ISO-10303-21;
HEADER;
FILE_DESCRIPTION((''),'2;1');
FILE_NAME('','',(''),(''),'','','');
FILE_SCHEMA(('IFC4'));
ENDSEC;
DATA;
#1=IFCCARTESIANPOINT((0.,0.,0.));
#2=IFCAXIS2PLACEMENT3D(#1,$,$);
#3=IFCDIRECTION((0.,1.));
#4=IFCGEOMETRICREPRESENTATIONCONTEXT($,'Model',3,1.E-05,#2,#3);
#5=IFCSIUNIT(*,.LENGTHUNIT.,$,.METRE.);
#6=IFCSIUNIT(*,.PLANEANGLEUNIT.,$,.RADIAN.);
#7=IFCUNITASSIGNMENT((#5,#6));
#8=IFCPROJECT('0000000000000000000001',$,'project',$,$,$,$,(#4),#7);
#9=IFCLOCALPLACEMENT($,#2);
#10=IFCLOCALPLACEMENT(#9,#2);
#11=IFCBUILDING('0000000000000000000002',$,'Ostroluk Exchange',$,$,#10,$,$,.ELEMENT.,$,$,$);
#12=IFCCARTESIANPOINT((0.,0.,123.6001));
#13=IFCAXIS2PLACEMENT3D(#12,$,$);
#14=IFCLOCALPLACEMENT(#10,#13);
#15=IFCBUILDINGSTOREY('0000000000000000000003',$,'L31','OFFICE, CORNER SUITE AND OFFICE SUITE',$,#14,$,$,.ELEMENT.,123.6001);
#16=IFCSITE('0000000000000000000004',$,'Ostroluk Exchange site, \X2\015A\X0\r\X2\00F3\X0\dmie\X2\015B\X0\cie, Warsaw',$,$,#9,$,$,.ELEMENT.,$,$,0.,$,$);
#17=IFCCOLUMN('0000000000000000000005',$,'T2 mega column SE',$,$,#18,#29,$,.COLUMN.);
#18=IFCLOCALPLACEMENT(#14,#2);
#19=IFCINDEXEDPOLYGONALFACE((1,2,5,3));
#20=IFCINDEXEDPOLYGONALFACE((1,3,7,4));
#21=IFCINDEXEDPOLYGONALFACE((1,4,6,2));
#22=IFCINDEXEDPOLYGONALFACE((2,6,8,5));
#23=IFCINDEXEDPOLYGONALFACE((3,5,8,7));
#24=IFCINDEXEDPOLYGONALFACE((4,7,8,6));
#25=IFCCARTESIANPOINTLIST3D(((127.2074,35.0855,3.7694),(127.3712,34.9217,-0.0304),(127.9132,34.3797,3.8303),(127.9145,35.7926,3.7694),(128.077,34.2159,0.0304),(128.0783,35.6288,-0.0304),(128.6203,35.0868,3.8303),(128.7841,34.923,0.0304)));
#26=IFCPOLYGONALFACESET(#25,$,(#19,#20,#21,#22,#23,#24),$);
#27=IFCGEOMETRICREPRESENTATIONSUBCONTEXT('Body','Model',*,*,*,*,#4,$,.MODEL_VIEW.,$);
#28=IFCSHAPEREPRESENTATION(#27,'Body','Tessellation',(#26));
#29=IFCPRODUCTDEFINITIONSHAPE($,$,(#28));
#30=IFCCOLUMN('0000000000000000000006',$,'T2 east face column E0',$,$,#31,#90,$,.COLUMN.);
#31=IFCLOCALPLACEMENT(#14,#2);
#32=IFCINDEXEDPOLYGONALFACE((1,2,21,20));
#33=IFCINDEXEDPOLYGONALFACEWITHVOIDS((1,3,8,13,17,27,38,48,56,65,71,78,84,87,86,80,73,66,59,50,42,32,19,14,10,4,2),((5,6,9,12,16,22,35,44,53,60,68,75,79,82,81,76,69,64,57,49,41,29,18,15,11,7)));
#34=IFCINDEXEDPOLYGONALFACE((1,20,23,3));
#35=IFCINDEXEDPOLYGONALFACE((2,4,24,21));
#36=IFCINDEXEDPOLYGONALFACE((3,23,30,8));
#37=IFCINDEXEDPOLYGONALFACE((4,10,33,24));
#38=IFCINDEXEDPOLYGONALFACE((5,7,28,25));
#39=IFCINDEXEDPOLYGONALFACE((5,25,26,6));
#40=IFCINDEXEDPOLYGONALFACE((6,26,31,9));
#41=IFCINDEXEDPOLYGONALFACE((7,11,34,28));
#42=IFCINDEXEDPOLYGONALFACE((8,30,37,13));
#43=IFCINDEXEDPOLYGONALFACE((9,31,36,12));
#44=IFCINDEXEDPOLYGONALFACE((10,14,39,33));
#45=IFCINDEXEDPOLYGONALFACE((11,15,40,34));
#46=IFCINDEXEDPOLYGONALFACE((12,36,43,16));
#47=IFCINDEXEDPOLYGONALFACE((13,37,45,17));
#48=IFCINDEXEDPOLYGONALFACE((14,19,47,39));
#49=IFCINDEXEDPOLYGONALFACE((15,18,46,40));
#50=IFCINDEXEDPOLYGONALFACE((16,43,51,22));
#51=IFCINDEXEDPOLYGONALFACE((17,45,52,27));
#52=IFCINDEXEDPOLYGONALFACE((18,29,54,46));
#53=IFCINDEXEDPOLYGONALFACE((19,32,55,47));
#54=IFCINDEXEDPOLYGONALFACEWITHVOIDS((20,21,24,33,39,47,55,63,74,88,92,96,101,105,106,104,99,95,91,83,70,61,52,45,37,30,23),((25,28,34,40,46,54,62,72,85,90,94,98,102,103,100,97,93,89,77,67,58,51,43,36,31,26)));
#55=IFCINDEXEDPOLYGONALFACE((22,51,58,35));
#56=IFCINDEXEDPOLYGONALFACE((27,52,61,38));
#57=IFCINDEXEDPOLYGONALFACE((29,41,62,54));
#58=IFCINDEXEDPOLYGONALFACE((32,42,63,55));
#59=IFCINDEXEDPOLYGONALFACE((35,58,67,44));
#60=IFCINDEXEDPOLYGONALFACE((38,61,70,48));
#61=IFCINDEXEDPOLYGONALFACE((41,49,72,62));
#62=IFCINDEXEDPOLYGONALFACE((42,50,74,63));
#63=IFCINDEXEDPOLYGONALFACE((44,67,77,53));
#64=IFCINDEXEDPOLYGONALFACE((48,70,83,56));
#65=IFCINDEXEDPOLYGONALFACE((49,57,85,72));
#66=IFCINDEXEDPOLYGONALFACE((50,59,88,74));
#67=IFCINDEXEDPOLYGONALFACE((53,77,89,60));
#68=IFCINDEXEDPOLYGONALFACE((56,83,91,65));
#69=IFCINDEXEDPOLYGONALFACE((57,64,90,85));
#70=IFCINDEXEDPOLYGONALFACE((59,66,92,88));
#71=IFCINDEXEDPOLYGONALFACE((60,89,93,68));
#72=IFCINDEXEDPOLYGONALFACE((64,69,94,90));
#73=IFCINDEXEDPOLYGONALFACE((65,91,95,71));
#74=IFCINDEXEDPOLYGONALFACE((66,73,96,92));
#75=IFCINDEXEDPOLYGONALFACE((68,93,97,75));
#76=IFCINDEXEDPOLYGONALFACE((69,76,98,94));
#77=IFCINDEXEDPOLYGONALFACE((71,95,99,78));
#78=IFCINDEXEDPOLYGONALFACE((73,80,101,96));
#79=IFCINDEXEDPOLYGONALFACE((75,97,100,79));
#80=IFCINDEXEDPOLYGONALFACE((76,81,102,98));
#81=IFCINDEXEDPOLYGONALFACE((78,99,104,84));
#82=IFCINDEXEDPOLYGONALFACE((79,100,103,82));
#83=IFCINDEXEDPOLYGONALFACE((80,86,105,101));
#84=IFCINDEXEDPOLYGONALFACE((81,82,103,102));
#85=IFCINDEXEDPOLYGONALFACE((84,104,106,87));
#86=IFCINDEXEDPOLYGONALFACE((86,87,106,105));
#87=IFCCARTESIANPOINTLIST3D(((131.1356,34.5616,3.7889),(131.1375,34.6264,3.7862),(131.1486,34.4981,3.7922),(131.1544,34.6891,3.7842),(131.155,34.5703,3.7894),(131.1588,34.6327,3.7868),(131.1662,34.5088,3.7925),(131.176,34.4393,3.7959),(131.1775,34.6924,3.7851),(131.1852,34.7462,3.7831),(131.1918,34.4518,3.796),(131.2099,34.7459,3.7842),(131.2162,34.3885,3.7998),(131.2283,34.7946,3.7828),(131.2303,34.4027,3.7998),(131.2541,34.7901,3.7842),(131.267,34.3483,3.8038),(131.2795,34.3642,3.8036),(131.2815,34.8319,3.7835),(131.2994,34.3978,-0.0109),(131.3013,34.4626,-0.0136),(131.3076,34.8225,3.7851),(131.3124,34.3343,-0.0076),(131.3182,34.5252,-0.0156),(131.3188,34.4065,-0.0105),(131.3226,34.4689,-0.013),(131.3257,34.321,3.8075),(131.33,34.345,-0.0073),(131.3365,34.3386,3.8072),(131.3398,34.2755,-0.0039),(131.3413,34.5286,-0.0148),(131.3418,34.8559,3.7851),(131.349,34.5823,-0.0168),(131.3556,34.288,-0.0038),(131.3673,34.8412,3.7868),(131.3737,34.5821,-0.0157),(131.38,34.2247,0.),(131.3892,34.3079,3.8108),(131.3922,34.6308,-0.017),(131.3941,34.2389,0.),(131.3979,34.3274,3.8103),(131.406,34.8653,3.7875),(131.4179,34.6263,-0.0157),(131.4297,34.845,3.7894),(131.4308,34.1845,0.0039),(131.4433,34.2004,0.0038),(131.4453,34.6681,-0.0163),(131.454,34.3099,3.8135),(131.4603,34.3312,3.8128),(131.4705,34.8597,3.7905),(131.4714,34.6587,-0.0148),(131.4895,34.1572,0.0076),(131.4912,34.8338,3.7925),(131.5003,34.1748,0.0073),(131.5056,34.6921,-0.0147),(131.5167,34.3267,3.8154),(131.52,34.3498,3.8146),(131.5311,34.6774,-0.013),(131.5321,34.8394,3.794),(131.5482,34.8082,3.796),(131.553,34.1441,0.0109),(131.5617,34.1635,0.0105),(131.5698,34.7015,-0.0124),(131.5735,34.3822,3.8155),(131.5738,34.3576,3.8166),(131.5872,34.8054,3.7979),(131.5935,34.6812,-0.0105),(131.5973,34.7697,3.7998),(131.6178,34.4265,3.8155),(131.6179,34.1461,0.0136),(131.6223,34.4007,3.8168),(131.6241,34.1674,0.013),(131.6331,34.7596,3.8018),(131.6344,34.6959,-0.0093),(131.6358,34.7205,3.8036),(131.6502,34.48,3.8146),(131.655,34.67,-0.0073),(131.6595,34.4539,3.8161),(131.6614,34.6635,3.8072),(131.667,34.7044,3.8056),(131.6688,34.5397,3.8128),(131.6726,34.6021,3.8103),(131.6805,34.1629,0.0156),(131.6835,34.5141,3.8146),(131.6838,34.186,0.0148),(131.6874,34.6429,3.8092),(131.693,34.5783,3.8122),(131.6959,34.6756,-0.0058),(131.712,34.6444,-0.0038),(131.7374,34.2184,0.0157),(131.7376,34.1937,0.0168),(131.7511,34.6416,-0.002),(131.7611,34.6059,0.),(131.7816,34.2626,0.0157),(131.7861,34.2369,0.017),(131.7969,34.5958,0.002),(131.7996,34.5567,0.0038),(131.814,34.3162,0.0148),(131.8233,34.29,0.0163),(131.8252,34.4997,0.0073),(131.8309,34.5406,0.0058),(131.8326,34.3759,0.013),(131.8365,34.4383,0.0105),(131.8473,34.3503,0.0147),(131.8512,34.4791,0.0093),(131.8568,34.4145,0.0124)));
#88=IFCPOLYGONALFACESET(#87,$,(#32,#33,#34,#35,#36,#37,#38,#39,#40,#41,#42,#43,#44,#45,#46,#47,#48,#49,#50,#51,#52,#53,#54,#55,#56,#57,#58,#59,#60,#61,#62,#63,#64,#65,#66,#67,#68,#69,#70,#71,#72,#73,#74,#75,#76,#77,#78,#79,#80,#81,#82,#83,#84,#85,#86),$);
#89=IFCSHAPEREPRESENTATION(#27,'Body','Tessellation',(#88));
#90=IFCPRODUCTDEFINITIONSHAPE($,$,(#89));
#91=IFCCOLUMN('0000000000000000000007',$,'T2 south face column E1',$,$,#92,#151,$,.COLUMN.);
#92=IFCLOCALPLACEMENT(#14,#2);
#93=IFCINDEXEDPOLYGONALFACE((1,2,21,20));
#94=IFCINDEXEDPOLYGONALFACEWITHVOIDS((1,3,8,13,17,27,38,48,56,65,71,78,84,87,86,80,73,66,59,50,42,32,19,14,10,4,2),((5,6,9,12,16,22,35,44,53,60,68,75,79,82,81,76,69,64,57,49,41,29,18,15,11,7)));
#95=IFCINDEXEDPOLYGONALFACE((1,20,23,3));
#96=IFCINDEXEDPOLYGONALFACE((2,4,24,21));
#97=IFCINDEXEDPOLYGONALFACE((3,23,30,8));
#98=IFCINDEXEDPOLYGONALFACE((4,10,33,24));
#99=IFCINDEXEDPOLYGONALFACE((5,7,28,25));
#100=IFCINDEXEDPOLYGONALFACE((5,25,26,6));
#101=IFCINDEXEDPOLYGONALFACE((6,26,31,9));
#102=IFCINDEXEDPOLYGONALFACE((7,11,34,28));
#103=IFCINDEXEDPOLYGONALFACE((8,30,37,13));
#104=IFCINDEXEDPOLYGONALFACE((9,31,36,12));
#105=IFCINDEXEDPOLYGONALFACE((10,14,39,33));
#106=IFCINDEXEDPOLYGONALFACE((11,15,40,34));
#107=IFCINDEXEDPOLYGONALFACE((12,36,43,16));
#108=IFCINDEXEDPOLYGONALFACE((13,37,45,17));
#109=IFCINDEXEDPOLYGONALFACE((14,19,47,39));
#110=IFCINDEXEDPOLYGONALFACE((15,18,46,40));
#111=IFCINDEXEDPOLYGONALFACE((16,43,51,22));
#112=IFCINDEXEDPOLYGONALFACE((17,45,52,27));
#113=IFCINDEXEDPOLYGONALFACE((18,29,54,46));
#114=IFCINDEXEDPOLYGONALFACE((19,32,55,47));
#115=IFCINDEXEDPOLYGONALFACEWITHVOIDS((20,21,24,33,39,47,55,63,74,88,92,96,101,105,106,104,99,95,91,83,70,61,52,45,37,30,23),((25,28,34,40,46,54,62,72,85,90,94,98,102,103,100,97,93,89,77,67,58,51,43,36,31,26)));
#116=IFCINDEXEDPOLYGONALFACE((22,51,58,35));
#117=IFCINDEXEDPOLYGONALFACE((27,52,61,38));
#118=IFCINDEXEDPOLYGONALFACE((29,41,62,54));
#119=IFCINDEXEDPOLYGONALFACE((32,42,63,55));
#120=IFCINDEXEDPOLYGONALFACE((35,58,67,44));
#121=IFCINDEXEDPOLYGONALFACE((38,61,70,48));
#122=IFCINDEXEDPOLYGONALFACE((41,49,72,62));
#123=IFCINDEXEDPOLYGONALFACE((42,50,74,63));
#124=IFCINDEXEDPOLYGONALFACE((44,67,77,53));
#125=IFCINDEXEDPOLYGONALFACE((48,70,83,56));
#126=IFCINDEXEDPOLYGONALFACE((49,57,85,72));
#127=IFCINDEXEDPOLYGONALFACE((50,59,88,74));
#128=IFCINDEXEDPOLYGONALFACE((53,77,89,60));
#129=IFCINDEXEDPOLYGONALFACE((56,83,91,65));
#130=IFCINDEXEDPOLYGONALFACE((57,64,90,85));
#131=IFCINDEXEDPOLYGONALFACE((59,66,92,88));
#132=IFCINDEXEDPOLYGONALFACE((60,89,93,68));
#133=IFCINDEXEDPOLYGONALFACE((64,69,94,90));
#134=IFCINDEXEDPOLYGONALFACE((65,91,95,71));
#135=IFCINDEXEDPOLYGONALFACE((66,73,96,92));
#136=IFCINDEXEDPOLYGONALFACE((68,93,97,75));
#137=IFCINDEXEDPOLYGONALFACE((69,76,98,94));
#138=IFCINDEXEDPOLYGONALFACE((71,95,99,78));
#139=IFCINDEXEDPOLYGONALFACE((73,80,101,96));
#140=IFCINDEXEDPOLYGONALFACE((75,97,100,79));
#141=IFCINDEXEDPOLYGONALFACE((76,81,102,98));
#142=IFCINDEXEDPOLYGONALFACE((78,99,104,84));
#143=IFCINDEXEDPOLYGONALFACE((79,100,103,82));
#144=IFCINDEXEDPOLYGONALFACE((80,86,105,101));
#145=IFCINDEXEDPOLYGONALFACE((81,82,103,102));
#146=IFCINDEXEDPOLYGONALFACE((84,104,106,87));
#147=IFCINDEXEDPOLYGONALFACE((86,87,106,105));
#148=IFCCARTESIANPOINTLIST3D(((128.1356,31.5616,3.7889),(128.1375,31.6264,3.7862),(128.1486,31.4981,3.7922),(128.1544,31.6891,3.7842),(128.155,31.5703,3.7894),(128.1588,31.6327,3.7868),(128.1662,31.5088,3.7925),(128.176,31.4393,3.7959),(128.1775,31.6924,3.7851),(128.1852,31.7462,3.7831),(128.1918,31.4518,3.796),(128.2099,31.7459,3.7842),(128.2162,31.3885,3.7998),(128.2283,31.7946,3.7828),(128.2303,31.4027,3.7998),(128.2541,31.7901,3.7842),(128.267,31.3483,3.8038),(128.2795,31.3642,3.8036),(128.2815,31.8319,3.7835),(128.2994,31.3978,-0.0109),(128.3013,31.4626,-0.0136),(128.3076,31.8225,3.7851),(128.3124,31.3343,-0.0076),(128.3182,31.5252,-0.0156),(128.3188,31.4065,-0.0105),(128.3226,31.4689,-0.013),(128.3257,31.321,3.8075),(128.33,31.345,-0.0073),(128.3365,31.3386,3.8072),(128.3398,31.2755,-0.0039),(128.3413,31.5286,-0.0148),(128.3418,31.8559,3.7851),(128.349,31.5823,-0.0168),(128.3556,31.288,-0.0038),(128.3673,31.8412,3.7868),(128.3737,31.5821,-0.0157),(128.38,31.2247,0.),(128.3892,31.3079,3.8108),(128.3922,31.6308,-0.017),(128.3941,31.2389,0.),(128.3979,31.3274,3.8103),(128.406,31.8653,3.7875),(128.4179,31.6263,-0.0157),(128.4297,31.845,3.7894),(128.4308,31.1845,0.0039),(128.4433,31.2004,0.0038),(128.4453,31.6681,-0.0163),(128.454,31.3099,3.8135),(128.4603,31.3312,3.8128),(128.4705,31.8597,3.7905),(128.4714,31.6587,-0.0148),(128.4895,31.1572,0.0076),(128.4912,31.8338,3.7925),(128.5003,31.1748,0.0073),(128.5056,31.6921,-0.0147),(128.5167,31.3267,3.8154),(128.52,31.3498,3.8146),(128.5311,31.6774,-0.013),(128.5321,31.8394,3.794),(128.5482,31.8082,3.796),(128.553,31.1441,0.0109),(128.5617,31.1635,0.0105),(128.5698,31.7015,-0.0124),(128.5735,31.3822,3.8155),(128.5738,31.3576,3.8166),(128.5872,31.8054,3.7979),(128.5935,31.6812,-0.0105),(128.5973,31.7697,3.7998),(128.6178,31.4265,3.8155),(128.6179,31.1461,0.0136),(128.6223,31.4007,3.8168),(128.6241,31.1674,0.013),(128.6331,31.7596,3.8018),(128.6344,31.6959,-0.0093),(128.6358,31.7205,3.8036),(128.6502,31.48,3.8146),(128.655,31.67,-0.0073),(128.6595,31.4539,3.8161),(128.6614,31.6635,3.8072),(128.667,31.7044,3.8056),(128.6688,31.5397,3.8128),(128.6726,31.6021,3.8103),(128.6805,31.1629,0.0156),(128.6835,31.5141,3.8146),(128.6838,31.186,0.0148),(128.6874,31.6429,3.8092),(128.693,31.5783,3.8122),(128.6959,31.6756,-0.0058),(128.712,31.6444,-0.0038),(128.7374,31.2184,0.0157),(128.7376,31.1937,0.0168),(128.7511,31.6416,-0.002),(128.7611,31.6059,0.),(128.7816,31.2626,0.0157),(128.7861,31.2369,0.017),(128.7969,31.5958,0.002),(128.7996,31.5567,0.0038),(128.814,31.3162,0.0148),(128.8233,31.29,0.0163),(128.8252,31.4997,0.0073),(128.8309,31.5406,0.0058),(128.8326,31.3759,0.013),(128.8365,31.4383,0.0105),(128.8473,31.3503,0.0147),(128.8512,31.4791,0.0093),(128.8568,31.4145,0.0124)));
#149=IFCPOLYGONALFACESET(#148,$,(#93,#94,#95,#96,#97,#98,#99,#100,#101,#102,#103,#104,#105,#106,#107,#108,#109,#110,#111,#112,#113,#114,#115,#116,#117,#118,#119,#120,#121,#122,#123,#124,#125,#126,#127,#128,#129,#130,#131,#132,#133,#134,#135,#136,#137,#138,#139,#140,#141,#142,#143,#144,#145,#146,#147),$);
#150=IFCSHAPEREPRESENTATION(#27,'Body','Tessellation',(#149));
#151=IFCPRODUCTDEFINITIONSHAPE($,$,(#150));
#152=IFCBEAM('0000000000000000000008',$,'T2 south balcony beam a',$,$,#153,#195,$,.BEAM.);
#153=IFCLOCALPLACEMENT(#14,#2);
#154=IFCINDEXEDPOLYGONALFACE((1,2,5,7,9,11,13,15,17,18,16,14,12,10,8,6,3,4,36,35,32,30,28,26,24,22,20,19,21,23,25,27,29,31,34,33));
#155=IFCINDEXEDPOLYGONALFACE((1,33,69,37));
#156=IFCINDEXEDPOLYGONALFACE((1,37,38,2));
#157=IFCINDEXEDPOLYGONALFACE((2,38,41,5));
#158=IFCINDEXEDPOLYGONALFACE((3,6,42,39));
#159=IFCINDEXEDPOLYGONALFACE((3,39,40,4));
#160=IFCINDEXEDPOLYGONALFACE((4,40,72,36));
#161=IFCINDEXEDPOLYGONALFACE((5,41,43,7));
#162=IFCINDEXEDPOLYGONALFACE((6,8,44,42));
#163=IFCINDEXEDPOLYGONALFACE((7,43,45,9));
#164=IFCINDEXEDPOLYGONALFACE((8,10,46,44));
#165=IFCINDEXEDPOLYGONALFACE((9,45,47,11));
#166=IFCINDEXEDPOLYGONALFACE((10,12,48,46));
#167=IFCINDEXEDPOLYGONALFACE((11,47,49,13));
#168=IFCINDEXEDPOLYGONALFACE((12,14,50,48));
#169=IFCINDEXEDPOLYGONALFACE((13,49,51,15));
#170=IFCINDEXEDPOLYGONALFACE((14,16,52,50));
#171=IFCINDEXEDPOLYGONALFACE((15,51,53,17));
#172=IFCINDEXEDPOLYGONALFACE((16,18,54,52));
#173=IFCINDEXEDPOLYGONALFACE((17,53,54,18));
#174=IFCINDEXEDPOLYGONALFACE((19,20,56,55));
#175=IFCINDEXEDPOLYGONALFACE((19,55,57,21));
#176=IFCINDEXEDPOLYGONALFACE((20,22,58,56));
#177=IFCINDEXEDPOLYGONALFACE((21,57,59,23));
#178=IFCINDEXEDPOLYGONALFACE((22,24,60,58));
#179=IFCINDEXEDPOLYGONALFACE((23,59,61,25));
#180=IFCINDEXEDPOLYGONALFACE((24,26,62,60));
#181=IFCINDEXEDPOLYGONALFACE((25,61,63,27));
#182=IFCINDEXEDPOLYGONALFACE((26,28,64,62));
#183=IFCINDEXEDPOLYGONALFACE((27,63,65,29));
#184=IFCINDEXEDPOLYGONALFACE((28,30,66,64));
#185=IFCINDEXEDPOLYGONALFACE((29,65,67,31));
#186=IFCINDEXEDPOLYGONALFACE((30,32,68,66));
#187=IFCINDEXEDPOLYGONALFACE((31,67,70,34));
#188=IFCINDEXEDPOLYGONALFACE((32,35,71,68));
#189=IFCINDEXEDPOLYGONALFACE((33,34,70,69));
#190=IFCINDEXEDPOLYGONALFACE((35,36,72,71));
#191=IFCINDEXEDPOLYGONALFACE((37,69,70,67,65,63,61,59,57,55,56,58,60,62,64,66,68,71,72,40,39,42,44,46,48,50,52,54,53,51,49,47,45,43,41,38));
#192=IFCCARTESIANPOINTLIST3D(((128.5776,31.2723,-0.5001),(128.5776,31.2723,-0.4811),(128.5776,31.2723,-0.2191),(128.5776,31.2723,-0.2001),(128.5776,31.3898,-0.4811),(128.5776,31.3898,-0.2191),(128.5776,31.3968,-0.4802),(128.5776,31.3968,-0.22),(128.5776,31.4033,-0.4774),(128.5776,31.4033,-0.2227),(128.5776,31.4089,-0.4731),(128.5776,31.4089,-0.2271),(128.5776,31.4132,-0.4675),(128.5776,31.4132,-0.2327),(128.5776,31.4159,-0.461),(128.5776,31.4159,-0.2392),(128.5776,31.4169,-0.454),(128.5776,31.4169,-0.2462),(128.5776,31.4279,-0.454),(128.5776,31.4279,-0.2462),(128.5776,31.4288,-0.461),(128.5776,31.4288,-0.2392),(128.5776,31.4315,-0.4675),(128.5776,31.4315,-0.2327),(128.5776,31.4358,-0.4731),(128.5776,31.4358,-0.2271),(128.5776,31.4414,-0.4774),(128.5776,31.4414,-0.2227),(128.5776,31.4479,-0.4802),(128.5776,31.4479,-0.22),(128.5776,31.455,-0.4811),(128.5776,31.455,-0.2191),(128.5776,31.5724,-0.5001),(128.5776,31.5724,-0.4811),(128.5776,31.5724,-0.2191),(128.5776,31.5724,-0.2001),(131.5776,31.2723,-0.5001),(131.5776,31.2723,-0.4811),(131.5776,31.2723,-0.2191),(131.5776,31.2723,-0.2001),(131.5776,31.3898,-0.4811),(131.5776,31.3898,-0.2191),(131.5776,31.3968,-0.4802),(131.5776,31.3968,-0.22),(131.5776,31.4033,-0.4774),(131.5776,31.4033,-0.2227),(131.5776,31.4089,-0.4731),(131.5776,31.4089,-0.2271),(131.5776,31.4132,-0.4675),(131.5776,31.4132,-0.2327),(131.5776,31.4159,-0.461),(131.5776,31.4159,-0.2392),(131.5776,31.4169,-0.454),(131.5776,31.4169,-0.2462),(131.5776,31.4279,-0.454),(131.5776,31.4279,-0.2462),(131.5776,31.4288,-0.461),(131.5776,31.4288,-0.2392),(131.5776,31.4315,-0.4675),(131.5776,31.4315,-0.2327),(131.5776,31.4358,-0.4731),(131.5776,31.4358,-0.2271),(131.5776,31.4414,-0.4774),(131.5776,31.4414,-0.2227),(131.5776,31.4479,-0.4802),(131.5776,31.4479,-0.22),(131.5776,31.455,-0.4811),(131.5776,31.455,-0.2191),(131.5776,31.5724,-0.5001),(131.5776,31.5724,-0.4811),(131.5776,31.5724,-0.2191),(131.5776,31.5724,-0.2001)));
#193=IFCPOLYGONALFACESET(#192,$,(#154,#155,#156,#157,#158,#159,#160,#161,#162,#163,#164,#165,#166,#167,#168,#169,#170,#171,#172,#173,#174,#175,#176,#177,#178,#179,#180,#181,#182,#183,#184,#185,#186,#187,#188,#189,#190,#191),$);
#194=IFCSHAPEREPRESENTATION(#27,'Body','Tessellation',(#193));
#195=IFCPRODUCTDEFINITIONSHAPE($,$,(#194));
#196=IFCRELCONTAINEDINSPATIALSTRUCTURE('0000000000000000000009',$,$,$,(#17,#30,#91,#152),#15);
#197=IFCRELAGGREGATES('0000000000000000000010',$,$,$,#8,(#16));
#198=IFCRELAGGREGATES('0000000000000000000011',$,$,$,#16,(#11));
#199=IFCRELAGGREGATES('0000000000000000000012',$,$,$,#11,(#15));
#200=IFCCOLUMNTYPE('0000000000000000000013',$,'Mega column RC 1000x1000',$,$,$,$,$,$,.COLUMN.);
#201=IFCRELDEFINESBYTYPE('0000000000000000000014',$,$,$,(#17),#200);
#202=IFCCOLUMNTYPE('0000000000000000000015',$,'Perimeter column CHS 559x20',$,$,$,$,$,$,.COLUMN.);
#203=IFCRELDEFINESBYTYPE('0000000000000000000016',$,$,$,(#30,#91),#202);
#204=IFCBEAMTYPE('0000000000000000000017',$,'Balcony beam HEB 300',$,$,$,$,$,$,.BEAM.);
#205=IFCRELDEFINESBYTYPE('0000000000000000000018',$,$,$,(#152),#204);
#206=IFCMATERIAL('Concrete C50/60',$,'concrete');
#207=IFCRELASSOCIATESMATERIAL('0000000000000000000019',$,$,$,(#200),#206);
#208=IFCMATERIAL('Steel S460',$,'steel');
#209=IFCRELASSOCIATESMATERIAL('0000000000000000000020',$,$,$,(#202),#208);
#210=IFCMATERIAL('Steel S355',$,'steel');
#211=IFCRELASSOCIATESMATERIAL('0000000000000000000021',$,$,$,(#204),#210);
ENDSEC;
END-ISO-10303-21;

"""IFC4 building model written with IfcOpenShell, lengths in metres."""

from ifc_helpers import new_model, si_unit, direction, frame, origin, origin_2d, place, context, subcontext, project, spatial, rectangle, hollow_circle, i_section, extrude, material, material_profile, profile_set, type_object, element, save


model = new_model("IFC4")

# Units and contexts
model_context = context("Model", 3, precision=1e-05, world=origin(), true_north=direction((0.0, 1.0)))
body_context = subcontext(model_context, "Body", "Model", "MODEL_VIEW")
ifc_project = project(units=[si_unit("LENGTHUNIT", "METRE"), si_unit("PLANEANGLEUNIT", "RADIAN")], contexts=[model_context])

# Site, building, storey
site_placement = place(None, origin())
site = spatial("IfcSite", under=ifc_project, at=site_placement, Name="Ostroluk Exchange site, Śródmieście, Warsaw", CompositionType="ELEMENT", RefElevation=0.0)
building_placement = place(site_placement, origin())
building = spatial("IfcBuilding", under=site, at=building_placement, Name="Ostroluk Exchange", CompositionType="ELEMENT")
storey_placement = place(building_placement, frame((0.0, 0.0, 123.6001)))
storey = spatial("IfcBuildingStorey", under=building, at=storey_placement, Name="L31", Description="OFFICE, CORNER SUITE AND OFFICE SUITE", CompositionType="ELEMENT", Elevation=123.6001)

# Columns
ifc_material_1 = material(Name="Concrete C50/60", Category="concrete")
ifc_material_profile_1 = material_profile(ifc_material_1, rectangle(XDim=1.0, YDim=1.0, at=origin_2d()), Name="RC 1000x1000")
ifc_profile_set_1 = profile_set([ifc_material_profile_1], Name="Concrete C50/60")
column_type_1 = type_object("IfcColumnType", Name="Mega column RC 1000x1000", PredefinedType="COLUMN", material=ifc_profile_set_1)
column_placement = place(storey_placement, frame((128.0776, 34.9224, 0.0), z_axis=(-0.043032, 0.043032, 0.998146), x_axis=(-0.707107, -0.707107, 0.0)))
element("IfcColumn", 1, at=column_placement, inside=storey, type_object=column_type_1, Name="T2 mega column SE", PredefinedType="COLUMN", context=body_context, shape_type="SweptSolid", body=[
    extrude(rectangle(XDim=1.0, YDim=1.0, at=origin_2d()), origin(), (0.0, 0.0, 1.0), 3.8069),
])
ifc_material_2 = material(Name="Steel S460", Category="steel")
ifc_material_profile_2 = material_profile(ifc_material_2, hollow_circle(Radius=0.2795, WallThickness=0.02, at=origin_2d()), Name="CHS 559x20")
ifc_profile_set_2 = profile_set([ifc_material_profile_2], Name="Steel S460")
column_type_2 = type_object("IfcColumnType", Name="Perimeter column CHS 559x20", PredefinedType="COLUMN", material=ifc_profile_set_2)
for number, where, z_axis, x_axis, name in (
    (2, (131.5776, 34.4224, 0.0), (-0.043032, 0.043032, 0.998146), (-0.707107, -0.707107, 0.0), "T2 east face column E0"),
    (3, (128.5776, 31.4224, 0.0), (-0.043032, 0.043032, 0.998146), (-0.707107, -0.707107, 0.0), "T2 south face column E1"),
):
    element("IfcColumn", number, at=place(storey_placement, frame(where, z_axis=z_axis, x_axis=x_axis)), inside=storey, type_object=column_type_2, Name=name, PredefinedType="COLUMN", context=body_context, shape_type="SweptSolid", body=[
        extrude(hollow_circle(Radius=0.2795, WallThickness=0.02, at=origin_2d()), origin(), (0.0, 0.0, 1.0), 3.8069),
    ])

# Beam
ifc_material_3 = material(Name="Steel S355", Category="steel")
ifc_material_profile_3 = material_profile(ifc_material_3, i_section(OverallWidth=0.3, OverallDepth=0.3, WebThickness=0.011, FlangeThickness=0.019, FilletRadius=0.0271, at=origin_2d()), Name="HEB 300")
ifc_profile_set_3 = profile_set([ifc_material_profile_3], Name="Steel S355")
beam_type_1 = type_object("IfcBeamType", Name="Balcony beam HEB 300", PredefinedType="BEAM", material=ifc_profile_set_3)
for number, where, z_axis, x_axis, name in (
    (4, (128.5776, 31.4224, -0.3501), (1.0, 0.0, 0.0), (0.0, 1.0, 0.0), "T2 south balcony beam a"),
):
    element("IfcBeam", number, at=place(storey_placement, frame(where, z_axis=z_axis, x_axis=x_axis)), inside=storey, type_object=beam_type_1, Name=name, PredefinedType="BEAM", context=body_context, shape_type="SweptSolid", body=[
        extrude(i_section(OverallWidth=0.3, OverallDepth=0.3, WebThickness=0.011, FlangeThickness=0.019, FilletRadius=0.0271, at=origin_2d()), origin(), (0.0, 0.0, 1.0), 3.0),
    ])

save(model, "model.ifc")
